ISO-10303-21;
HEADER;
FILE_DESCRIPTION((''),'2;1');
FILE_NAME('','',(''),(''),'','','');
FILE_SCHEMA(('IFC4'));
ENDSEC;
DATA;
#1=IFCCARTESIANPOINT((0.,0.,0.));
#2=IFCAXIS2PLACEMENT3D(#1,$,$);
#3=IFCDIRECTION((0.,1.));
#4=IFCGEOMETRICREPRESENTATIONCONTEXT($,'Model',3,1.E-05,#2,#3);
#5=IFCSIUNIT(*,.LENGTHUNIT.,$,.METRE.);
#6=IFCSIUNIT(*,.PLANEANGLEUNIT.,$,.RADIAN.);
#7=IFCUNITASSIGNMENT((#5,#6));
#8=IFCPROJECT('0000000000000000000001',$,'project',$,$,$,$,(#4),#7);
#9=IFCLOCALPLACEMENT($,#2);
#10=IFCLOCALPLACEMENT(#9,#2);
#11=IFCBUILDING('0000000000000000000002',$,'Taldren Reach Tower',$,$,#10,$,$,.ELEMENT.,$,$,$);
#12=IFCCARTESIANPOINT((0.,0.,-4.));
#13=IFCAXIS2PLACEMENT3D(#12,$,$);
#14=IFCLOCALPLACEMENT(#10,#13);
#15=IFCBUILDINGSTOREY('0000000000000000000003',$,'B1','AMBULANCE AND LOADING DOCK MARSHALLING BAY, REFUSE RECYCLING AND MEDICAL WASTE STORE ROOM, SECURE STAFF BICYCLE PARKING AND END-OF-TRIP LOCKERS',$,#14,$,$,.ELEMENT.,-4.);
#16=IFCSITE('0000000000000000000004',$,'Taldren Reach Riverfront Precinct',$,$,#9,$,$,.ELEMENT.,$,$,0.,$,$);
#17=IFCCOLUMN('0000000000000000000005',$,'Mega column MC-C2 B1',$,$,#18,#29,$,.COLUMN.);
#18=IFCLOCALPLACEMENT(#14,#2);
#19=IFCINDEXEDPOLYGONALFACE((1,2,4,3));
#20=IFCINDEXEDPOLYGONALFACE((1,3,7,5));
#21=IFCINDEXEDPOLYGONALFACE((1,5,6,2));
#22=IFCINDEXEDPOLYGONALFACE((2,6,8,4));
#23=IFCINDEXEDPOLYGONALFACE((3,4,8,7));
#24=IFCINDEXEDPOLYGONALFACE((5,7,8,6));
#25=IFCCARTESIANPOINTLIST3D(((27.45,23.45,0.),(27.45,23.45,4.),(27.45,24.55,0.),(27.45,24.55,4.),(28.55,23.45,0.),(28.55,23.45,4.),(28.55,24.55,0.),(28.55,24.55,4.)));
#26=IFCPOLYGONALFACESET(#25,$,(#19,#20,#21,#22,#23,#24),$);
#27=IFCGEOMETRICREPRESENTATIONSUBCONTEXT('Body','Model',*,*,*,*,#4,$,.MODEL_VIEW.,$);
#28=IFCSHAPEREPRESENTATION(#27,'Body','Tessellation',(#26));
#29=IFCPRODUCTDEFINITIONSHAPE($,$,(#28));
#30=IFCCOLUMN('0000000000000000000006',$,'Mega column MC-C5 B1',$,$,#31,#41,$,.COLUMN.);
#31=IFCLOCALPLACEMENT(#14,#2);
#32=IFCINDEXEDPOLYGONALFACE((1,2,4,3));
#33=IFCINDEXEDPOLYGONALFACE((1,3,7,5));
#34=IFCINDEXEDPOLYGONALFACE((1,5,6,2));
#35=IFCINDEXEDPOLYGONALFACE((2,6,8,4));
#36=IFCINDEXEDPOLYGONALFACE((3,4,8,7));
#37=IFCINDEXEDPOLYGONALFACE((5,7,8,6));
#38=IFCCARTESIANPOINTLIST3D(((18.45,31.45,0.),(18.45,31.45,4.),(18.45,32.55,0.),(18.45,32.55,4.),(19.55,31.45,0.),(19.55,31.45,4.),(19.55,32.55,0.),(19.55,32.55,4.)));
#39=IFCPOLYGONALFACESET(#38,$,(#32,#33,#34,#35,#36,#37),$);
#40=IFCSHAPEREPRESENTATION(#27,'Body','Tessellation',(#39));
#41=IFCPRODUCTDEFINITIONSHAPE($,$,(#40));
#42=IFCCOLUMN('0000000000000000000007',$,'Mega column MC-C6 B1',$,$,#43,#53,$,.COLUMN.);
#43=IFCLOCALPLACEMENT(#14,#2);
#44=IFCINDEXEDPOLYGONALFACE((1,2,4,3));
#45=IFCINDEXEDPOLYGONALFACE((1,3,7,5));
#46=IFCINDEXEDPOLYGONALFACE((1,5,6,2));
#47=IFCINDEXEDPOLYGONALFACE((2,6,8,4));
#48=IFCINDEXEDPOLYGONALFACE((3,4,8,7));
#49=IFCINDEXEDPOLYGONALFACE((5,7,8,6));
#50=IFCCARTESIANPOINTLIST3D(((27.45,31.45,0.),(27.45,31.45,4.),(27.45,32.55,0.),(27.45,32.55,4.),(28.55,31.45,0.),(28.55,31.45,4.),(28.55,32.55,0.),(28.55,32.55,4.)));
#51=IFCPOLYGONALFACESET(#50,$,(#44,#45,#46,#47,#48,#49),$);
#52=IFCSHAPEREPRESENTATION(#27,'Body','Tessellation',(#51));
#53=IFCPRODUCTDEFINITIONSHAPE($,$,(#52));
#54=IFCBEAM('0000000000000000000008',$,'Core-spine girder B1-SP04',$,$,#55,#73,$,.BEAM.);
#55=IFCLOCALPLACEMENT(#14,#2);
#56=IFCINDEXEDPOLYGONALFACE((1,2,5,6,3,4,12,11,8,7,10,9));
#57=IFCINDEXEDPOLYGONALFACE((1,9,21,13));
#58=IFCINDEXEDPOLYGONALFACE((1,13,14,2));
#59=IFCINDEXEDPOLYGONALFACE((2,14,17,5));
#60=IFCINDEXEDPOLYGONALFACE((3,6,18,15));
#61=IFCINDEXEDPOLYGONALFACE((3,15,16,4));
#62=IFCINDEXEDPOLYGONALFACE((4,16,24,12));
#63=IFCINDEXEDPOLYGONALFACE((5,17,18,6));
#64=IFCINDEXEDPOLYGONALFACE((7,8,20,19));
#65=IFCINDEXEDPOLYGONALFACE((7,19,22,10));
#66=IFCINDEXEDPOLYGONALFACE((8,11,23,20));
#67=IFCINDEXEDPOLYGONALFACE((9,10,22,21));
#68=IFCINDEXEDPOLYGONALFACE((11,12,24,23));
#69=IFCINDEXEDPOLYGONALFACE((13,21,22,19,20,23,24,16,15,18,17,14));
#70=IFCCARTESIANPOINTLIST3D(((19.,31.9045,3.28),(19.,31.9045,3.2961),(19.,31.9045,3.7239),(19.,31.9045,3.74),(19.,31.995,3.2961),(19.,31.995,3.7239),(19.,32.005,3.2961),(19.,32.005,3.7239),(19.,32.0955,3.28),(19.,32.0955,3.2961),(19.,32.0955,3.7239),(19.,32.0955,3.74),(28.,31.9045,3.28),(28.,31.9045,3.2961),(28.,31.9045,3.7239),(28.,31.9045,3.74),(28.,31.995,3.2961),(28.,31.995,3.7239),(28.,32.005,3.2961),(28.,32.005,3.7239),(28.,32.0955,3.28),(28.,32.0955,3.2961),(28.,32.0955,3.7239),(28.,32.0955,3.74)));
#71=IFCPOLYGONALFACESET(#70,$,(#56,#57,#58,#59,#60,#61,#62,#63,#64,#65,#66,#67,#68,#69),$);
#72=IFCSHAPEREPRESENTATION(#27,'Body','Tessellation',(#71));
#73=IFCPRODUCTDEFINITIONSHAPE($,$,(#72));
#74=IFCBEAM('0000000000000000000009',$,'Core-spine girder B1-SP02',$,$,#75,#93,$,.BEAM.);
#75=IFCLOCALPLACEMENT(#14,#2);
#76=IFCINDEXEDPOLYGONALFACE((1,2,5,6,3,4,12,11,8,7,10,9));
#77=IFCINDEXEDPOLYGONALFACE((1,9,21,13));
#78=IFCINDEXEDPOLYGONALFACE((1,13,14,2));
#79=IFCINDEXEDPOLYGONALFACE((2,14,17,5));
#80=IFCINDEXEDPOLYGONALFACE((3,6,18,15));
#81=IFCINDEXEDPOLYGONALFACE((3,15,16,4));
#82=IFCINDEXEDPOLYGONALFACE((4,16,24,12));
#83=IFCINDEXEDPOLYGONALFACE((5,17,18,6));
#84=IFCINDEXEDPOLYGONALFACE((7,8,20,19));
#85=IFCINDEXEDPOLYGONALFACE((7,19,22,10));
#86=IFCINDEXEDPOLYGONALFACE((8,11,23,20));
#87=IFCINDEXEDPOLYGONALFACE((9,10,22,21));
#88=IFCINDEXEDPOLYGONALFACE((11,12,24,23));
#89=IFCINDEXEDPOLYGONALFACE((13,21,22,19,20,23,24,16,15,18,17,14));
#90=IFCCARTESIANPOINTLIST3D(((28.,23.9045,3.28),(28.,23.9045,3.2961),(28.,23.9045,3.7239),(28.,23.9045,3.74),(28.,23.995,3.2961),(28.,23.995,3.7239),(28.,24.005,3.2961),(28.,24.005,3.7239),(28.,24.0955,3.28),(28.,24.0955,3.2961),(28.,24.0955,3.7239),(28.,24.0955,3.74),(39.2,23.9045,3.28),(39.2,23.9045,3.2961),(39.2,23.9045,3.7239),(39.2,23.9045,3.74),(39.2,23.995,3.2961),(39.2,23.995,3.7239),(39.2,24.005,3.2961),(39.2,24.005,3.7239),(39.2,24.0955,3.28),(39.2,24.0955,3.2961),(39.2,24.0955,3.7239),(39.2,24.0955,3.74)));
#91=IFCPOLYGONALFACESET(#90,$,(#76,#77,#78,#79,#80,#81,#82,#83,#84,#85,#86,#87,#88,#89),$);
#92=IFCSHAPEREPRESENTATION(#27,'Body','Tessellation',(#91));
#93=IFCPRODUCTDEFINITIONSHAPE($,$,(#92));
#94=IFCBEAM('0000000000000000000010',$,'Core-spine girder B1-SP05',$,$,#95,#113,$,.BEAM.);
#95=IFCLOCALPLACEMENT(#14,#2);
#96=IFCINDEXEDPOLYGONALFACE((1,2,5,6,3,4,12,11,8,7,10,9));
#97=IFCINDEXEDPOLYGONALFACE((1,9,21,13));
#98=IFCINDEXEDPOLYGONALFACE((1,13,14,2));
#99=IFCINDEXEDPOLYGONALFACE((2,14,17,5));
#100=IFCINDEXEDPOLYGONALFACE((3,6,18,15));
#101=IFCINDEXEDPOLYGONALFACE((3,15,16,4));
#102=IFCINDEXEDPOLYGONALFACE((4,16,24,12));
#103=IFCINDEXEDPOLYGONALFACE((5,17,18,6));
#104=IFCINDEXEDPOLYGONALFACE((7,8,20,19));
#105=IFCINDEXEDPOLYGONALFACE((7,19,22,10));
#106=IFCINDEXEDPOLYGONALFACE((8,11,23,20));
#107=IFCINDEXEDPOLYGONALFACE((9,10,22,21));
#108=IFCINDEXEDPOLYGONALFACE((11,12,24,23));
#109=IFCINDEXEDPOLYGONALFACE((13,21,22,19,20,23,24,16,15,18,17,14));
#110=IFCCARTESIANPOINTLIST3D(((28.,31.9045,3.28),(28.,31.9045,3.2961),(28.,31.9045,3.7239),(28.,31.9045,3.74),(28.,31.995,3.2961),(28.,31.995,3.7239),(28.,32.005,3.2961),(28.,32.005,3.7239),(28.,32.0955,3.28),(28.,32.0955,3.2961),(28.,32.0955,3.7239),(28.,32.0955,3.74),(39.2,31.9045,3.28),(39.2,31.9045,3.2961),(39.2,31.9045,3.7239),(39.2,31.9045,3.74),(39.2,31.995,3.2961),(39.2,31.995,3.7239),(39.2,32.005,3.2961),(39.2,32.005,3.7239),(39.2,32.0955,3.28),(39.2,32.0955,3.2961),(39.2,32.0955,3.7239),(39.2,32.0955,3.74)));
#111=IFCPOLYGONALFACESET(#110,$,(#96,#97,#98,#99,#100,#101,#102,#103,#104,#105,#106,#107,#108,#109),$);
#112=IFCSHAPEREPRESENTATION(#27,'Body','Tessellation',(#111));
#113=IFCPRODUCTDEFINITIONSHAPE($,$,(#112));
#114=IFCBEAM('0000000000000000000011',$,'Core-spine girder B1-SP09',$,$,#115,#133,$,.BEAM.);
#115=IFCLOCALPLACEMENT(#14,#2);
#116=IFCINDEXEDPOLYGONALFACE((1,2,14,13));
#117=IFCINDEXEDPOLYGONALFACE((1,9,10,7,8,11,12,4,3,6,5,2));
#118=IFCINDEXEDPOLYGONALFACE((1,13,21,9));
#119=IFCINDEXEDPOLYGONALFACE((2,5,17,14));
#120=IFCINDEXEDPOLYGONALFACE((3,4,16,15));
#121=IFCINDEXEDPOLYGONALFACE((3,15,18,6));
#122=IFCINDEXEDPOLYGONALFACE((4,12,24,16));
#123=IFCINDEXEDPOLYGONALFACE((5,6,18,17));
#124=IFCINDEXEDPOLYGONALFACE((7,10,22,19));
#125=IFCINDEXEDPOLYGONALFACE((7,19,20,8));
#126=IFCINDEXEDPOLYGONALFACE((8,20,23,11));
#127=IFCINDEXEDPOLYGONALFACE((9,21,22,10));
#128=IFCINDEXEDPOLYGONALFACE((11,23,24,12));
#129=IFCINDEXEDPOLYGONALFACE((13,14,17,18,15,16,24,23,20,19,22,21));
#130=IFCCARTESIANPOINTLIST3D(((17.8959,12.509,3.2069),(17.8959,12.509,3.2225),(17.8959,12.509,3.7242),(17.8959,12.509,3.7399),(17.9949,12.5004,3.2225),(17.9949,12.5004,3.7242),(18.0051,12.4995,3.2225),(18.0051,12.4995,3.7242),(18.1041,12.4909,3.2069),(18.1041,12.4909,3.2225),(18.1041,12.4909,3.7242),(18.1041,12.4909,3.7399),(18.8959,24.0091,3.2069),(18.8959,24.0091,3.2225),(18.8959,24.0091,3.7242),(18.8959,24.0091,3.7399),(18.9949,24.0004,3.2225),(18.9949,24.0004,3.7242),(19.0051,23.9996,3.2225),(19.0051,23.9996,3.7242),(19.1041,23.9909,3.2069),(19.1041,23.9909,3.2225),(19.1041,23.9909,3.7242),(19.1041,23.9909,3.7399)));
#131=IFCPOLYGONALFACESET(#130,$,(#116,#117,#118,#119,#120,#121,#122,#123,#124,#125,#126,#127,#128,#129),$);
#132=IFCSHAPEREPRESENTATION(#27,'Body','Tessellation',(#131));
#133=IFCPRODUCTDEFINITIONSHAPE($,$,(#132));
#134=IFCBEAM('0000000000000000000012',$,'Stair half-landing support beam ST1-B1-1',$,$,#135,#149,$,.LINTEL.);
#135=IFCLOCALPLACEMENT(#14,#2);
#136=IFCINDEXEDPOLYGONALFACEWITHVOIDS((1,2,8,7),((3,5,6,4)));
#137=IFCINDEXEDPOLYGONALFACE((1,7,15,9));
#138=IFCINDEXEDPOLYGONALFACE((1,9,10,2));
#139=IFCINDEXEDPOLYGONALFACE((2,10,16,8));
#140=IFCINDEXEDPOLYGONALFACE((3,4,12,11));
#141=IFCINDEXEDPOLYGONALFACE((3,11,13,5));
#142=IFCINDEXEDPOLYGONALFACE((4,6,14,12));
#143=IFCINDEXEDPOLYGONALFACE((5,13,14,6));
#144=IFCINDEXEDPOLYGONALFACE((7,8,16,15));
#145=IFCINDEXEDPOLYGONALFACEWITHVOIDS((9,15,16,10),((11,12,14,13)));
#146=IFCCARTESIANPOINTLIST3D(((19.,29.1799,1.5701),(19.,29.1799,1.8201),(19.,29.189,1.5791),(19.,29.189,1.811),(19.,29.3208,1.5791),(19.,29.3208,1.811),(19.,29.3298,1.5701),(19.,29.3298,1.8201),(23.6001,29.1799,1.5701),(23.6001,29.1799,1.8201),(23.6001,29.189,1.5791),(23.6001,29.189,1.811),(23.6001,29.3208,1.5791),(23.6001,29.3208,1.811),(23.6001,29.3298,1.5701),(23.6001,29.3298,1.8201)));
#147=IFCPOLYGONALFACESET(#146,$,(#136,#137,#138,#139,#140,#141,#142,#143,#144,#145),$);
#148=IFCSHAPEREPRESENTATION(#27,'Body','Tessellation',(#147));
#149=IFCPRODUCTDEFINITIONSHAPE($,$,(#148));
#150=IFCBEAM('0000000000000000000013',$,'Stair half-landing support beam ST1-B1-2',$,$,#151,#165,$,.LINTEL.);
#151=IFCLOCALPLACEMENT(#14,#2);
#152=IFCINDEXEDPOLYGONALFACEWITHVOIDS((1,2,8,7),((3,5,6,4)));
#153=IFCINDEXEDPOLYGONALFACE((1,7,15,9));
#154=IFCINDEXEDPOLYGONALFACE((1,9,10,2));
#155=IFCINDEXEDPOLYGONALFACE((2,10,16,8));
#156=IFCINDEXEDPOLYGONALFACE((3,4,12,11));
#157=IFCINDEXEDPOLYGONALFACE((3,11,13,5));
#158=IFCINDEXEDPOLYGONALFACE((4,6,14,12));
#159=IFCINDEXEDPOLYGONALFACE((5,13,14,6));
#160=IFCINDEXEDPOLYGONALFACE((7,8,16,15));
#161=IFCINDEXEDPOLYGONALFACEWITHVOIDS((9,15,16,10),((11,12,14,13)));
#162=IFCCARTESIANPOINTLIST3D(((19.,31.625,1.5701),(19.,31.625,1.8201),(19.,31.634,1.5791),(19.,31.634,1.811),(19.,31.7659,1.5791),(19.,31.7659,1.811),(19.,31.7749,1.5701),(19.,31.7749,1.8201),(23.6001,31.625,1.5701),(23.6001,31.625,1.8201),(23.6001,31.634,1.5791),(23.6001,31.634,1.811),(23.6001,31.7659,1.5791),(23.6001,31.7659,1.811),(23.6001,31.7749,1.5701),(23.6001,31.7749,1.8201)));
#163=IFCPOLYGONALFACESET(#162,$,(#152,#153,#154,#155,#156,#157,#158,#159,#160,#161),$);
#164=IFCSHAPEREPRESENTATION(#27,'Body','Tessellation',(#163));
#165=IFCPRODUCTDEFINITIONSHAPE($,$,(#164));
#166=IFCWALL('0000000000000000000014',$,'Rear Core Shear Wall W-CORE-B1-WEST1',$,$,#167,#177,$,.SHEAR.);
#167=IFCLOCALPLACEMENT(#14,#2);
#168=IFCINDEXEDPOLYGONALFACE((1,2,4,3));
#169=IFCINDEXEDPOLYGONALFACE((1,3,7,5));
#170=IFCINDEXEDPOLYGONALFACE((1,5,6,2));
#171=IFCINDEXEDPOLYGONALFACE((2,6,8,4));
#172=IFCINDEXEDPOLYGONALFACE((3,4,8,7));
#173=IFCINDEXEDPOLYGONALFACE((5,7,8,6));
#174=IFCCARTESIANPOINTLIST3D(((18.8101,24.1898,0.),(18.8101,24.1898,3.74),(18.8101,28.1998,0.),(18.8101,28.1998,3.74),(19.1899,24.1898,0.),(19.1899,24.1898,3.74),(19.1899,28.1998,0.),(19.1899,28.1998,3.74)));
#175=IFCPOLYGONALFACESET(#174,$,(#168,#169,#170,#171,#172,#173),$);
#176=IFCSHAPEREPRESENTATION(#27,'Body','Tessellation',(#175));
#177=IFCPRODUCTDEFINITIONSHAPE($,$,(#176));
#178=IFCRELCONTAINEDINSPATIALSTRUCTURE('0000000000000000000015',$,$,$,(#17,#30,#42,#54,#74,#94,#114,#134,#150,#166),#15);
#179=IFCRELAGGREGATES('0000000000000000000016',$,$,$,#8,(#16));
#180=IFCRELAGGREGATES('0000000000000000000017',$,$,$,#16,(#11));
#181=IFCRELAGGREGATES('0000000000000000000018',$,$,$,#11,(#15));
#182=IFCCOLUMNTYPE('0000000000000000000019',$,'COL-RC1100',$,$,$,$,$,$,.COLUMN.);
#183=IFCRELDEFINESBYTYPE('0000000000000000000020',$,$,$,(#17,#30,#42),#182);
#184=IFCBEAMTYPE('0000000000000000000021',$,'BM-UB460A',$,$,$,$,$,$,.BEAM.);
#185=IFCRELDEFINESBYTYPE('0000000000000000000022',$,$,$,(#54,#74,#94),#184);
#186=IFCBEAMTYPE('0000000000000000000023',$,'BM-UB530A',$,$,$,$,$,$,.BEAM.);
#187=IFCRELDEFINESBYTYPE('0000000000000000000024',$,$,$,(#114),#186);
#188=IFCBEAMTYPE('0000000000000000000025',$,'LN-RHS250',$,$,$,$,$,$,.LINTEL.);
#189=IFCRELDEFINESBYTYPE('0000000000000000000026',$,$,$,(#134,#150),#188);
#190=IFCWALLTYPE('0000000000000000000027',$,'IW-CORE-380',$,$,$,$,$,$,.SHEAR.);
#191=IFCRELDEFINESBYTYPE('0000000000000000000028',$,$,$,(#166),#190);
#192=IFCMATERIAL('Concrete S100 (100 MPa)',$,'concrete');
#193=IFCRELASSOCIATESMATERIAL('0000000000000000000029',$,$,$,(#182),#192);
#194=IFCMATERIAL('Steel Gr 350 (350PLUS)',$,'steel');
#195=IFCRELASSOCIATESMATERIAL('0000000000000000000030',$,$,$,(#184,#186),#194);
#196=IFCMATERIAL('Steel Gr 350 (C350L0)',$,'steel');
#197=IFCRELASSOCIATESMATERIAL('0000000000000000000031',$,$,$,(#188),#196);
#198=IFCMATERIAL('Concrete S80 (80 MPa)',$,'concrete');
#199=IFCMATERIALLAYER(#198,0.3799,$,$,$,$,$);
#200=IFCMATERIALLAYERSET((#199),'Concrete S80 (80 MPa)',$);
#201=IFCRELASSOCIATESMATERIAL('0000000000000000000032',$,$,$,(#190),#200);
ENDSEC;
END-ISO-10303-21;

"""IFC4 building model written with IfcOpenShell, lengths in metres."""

from ifc_helpers import new_model, si_unit, direction, frame, frame_2d, origin, origin_2d, place, context, subcontext, project, spatial, rectangle, hollow_rectangle, i_section, extrude, source, transform, mapped, material, layer, layer_set, material_profile, profile_set, type_object, element, save


model = new_model("IFC4")

# Units and contexts
model_context = context("Model", 3, precision=1e-05, world=origin(), true_north=direction((0.0, 1.0)))
body_context = subcontext(model_context, "Body", "Model", "MODEL_VIEW")
ifc_project = project(units=[si_unit("LENGTHUNIT", "METRE"), si_unit("PLANEANGLEUNIT", "RADIAN")], contexts=[model_context])

# Site, building, storey
site_placement = place(None, origin())
site = spatial("IfcSite", under=ifc_project, at=site_placement, Name="Taldren Reach Riverfront Precinct", CompositionType="ELEMENT", RefElevation=0.0)
building_placement = place(site_placement, origin())
building = spatial("IfcBuilding", under=site, at=building_placement, Name="Taldren Reach Tower", CompositionType="ELEMENT")
storey_placement = place(building_placement, frame((0.0, 0.0, -4.0)))
storey = spatial("IfcBuildingStorey", under=building, at=storey_placement, Name="B1", Description="AMBULANCE AND LOADING DOCK MARSHALLING BAY, REFUSE RECYCLING AND MEDICAL WASTE STORE ROOM, SECURE STAFF BICYCLE PARKING AND END-OF-TRIP LOCKERS", CompositionType="ELEMENT", Elevation=-4.0)

# Columns
ifc_material_1 = material(Name="Concrete S100 (100 MPa)", Category="concrete")
ifc_material_profile_1 = material_profile(ifc_material_1, rectangle(XDim=1.1001, YDim=1.1001, at=origin_2d()), Name="RC-1100x1100")
ifc_profile_set_1 = profile_set([ifc_material_profile_1], Name="Concrete S100 (100 MPa)")
column_type = type_object("IfcColumnType", Name="COL-RC1100", PredefinedType="COLUMN", material=ifc_profile_set_1)
shared_shape_1 = source(origin(), body_context, "Body", "SweptSolid", [
    extrude(rectangle(XDim=1.1001, YDim=1.1001, at=origin_2d()), origin(), (0.0, 0.0, 1.0), 4.0),
])
for number, where, z_axis, x_axis, name in (
    (1, (28.0, 24.0, 0.0), (0.0, 0.0, 1.0), (1.0, 0.0, 0.0), "Mega column MC-C2 B1"),
    (2, (19.0, 32.0, 0.0), (0.0, 0.0, 1.0), (1.0, 0.0, 0.0), "Mega column MC-C5 B1"),
    (3, (28.0, 32.0, 0.0), (0.0, 0.0, 1.0), (1.0, 0.0, 0.0), "Mega column MC-C6 B1"),
):
    element("IfcColumn", number, at=place(storey_placement, frame(where, z_axis=z_axis, x_axis=x_axis)), inside=storey, type_object=column_type, Name=name, PredefinedType="COLUMN", context=body_context, shape_type="MappedRepresentation", body=[
        mapped(shared_shape_1, transform((0.0, 0.0, 0.0), scale=1.0)),
    ])

# Beams
ifc_material_2 = material(Name="Steel Gr 350 (350PLUS)", Category="steel")
ifc_material_profile_2 = material_profile(ifc_material_2, i_section(OverallWidth=0.1909, OverallDepth=0.46, WebThickness=0.01, FlangeThickness=0.0161, at=origin_2d()), Name="460UB82.1")
ifc_profile_set_2 = profile_set([ifc_material_profile_2], Name="Steel Gr 350 (350PLUS)")
beam_type_1 = type_object("IfcBeamType", Name="BM-UB460A", PredefinedType="BEAM", material=ifc_profile_set_2)
shared_shape_2 = source(origin(), body_context, "Body", "SweptSolid", [
    extrude(i_section(OverallWidth=0.1909, OverallDepth=0.46, WebThickness=0.01, FlangeThickness=0.0161, at=origin_2d()), origin(), (0.0, 0.0, 1.0), 9.0),
])
beam_1_placement = place(storey_placement, frame((19.0, 32.0, 3.51), z_axis=(1.0, 0.0, 0.0), x_axis=(0.0, 1.0, 0.0)))
element("IfcBeam", 4, at=beam_1_placement, inside=storey, type_object=beam_type_1, Name="Core-spine girder B1-SP04", PredefinedType="BEAM", context=body_context, shape_type="MappedRepresentation", body=[
    mapped(shared_shape_2, transform((0.0, 0.0, 0.0), scale=1.0)),
])
shared_shape_3 = source(origin(), body_context, "Body", "SweptSolid", [
    extrude(i_section(OverallWidth=0.1909, OverallDepth=0.46, WebThickness=0.01, FlangeThickness=0.0161, at=origin_2d()), origin(), (0.0, 0.0, 1.0), 11.2),
])
for number, where, z_axis, x_axis, name in (
    (5, (28.0, 24.0, 3.51), (1.0, 0.0, 0.0), (0.0, 1.0, 0.0), "Core-spine girder B1-SP02"),
    (6, (28.0, 32.0, 3.51), (1.0, 0.0, 0.0), (0.0, 1.0, 0.0), "Core-spine girder B1-SP05"),
):
    element("IfcBeam", number, at=place(storey_placement, frame(where, z_axis=z_axis, x_axis=x_axis)), inside=storey, type_object=beam_type_1, Name=name, PredefinedType="BEAM", context=body_context, shape_type="MappedRepresentation", body=[
        mapped(shared_shape_3, transform((0.0, 0.0, 0.0), scale=1.0)),
    ])
ifc_material_profile_3 = material_profile(ifc_material_2, i_section(OverallWidth=0.209, OverallDepth=0.533, WebThickness=0.0103, FlangeThickness=0.0156, at=origin_2d()), Name="530UB92.4")
ifc_profile_set_3 = profile_set([ifc_material_profile_3], Name="Steel Gr 350 (350PLUS)")
beam_type_2 = type_object("IfcBeamType", Name="BM-UB530A", PredefinedType="BEAM", material=ifc_profile_set_3)
shared_shape_4 = source(origin(), body_context, "Body", "SweptSolid", [
    extrude(i_section(OverallWidth=0.209, OverallDepth=0.533, WebThickness=0.0103, FlangeThickness=0.0156, at=origin_2d()), origin(), (0.0, 0.0, 1.0), 11.5435),
])
beam_2_placement = place(storey_placement, frame((19.0, 24.0, 3.4734), z_axis=(-0.08663, -0.996241, 0.0), x_axis=(0.996241, -0.08663, 0.0)))
element("IfcBeam", 7, at=beam_2_placement, inside=storey, type_object=beam_type_2, Name="Core-spine girder B1-SP09", PredefinedType="BEAM", context=body_context, shape_type="MappedRepresentation", body=[
    mapped(shared_shape_4, transform((0.0, 0.0, 0.0), scale=1.0)),
])
ifc_material_3 = material(Name="Steel Gr 350 (C350L0)", Category="steel")
ifc_material_profile_4 = material_profile(ifc_material_3, hollow_rectangle(XDim=0.1499, YDim=0.25, WallThickness=0.009, at=origin_2d()), Name="250x150x9.0RHS")
ifc_profile_set_4 = profile_set([ifc_material_profile_4], Name="Steel Gr 350 (C350L0)")
beam_type_3 = type_object("IfcBeamType", Name="LN-RHS250", PredefinedType="LINTEL", material=ifc_profile_set_4)
shared_shape_5 = source(origin(), body_context, "Body", "SweptSolid", [
    extrude(hollow_rectangle(XDim=0.1499, YDim=0.25, WallThickness=0.009, at=origin_2d()), origin(), (0.0, 0.0, 1.0), 4.6001),
])
for number, where, z_axis, x_axis, name in (
    (8, (19.0, 29.2549, 1.6951), (1.0, 0.0, 0.0), (0.0, 1.0, 0.0), "Stair half-landing support beam ST1-B1-1"),
    (9, (19.0, 31.7, 1.6951), (1.0, 0.0, 0.0), (0.0, 1.0, 0.0), "Stair half-landing support beam ST1-B1-2"),
):
    element("IfcBeam", number, at=place(storey_placement, frame(where, z_axis=z_axis, x_axis=x_axis)), inside=storey, type_object=beam_type_3, Name=name, PredefinedType="LINTEL", context=body_context, shape_type="MappedRepresentation", body=[
        mapped(shared_shape_5, transform((0.0, 0.0, 0.0), scale=1.0)),
    ])

# Wall
ifc_material_4 = material(Name="Concrete S80 (80 MPa)", Category="concrete")
ifc_layer_1 = layer(ifc_material_4, 0.3799)
ifc_layer_set_1 = layer_set([ifc_layer_1], Name="Concrete S80 (80 MPa)")
wall_type_1 = type_object("IfcWallType", Name="IW-CORE-380", PredefinedType="SHEAR", material=ifc_layer_set_1)
shared_shape_6 = source(origin(), body_context, "Body", "SweptSolid", [
    extrude(rectangle(XDim=4.01, YDim=0.3799, at=frame_2d((2.0049, 0.0))), origin(), (0.0, 0.0, 1.0), 3.74),
])
wall_1_placement = place(storey_placement, frame((19.0, 24.1899, 0.0), z_axis=(0.0, 0.0, 1.0), x_axis=(0.0, 1.0, 0.0)))
element("IfcWall", 10, at=wall_1_placement, inside=storey, type_object=wall_type_1, Name="Rear Core Shear Wall W-CORE-B1-WEST1", PredefinedType="SHEAR", context=body_context, shape_type="MappedRepresentation", body=[
    mapped(shared_shape_6, transform((0.0, 0.0, 0.0), scale=1.0)),
])

save(model, "model.ifc")
